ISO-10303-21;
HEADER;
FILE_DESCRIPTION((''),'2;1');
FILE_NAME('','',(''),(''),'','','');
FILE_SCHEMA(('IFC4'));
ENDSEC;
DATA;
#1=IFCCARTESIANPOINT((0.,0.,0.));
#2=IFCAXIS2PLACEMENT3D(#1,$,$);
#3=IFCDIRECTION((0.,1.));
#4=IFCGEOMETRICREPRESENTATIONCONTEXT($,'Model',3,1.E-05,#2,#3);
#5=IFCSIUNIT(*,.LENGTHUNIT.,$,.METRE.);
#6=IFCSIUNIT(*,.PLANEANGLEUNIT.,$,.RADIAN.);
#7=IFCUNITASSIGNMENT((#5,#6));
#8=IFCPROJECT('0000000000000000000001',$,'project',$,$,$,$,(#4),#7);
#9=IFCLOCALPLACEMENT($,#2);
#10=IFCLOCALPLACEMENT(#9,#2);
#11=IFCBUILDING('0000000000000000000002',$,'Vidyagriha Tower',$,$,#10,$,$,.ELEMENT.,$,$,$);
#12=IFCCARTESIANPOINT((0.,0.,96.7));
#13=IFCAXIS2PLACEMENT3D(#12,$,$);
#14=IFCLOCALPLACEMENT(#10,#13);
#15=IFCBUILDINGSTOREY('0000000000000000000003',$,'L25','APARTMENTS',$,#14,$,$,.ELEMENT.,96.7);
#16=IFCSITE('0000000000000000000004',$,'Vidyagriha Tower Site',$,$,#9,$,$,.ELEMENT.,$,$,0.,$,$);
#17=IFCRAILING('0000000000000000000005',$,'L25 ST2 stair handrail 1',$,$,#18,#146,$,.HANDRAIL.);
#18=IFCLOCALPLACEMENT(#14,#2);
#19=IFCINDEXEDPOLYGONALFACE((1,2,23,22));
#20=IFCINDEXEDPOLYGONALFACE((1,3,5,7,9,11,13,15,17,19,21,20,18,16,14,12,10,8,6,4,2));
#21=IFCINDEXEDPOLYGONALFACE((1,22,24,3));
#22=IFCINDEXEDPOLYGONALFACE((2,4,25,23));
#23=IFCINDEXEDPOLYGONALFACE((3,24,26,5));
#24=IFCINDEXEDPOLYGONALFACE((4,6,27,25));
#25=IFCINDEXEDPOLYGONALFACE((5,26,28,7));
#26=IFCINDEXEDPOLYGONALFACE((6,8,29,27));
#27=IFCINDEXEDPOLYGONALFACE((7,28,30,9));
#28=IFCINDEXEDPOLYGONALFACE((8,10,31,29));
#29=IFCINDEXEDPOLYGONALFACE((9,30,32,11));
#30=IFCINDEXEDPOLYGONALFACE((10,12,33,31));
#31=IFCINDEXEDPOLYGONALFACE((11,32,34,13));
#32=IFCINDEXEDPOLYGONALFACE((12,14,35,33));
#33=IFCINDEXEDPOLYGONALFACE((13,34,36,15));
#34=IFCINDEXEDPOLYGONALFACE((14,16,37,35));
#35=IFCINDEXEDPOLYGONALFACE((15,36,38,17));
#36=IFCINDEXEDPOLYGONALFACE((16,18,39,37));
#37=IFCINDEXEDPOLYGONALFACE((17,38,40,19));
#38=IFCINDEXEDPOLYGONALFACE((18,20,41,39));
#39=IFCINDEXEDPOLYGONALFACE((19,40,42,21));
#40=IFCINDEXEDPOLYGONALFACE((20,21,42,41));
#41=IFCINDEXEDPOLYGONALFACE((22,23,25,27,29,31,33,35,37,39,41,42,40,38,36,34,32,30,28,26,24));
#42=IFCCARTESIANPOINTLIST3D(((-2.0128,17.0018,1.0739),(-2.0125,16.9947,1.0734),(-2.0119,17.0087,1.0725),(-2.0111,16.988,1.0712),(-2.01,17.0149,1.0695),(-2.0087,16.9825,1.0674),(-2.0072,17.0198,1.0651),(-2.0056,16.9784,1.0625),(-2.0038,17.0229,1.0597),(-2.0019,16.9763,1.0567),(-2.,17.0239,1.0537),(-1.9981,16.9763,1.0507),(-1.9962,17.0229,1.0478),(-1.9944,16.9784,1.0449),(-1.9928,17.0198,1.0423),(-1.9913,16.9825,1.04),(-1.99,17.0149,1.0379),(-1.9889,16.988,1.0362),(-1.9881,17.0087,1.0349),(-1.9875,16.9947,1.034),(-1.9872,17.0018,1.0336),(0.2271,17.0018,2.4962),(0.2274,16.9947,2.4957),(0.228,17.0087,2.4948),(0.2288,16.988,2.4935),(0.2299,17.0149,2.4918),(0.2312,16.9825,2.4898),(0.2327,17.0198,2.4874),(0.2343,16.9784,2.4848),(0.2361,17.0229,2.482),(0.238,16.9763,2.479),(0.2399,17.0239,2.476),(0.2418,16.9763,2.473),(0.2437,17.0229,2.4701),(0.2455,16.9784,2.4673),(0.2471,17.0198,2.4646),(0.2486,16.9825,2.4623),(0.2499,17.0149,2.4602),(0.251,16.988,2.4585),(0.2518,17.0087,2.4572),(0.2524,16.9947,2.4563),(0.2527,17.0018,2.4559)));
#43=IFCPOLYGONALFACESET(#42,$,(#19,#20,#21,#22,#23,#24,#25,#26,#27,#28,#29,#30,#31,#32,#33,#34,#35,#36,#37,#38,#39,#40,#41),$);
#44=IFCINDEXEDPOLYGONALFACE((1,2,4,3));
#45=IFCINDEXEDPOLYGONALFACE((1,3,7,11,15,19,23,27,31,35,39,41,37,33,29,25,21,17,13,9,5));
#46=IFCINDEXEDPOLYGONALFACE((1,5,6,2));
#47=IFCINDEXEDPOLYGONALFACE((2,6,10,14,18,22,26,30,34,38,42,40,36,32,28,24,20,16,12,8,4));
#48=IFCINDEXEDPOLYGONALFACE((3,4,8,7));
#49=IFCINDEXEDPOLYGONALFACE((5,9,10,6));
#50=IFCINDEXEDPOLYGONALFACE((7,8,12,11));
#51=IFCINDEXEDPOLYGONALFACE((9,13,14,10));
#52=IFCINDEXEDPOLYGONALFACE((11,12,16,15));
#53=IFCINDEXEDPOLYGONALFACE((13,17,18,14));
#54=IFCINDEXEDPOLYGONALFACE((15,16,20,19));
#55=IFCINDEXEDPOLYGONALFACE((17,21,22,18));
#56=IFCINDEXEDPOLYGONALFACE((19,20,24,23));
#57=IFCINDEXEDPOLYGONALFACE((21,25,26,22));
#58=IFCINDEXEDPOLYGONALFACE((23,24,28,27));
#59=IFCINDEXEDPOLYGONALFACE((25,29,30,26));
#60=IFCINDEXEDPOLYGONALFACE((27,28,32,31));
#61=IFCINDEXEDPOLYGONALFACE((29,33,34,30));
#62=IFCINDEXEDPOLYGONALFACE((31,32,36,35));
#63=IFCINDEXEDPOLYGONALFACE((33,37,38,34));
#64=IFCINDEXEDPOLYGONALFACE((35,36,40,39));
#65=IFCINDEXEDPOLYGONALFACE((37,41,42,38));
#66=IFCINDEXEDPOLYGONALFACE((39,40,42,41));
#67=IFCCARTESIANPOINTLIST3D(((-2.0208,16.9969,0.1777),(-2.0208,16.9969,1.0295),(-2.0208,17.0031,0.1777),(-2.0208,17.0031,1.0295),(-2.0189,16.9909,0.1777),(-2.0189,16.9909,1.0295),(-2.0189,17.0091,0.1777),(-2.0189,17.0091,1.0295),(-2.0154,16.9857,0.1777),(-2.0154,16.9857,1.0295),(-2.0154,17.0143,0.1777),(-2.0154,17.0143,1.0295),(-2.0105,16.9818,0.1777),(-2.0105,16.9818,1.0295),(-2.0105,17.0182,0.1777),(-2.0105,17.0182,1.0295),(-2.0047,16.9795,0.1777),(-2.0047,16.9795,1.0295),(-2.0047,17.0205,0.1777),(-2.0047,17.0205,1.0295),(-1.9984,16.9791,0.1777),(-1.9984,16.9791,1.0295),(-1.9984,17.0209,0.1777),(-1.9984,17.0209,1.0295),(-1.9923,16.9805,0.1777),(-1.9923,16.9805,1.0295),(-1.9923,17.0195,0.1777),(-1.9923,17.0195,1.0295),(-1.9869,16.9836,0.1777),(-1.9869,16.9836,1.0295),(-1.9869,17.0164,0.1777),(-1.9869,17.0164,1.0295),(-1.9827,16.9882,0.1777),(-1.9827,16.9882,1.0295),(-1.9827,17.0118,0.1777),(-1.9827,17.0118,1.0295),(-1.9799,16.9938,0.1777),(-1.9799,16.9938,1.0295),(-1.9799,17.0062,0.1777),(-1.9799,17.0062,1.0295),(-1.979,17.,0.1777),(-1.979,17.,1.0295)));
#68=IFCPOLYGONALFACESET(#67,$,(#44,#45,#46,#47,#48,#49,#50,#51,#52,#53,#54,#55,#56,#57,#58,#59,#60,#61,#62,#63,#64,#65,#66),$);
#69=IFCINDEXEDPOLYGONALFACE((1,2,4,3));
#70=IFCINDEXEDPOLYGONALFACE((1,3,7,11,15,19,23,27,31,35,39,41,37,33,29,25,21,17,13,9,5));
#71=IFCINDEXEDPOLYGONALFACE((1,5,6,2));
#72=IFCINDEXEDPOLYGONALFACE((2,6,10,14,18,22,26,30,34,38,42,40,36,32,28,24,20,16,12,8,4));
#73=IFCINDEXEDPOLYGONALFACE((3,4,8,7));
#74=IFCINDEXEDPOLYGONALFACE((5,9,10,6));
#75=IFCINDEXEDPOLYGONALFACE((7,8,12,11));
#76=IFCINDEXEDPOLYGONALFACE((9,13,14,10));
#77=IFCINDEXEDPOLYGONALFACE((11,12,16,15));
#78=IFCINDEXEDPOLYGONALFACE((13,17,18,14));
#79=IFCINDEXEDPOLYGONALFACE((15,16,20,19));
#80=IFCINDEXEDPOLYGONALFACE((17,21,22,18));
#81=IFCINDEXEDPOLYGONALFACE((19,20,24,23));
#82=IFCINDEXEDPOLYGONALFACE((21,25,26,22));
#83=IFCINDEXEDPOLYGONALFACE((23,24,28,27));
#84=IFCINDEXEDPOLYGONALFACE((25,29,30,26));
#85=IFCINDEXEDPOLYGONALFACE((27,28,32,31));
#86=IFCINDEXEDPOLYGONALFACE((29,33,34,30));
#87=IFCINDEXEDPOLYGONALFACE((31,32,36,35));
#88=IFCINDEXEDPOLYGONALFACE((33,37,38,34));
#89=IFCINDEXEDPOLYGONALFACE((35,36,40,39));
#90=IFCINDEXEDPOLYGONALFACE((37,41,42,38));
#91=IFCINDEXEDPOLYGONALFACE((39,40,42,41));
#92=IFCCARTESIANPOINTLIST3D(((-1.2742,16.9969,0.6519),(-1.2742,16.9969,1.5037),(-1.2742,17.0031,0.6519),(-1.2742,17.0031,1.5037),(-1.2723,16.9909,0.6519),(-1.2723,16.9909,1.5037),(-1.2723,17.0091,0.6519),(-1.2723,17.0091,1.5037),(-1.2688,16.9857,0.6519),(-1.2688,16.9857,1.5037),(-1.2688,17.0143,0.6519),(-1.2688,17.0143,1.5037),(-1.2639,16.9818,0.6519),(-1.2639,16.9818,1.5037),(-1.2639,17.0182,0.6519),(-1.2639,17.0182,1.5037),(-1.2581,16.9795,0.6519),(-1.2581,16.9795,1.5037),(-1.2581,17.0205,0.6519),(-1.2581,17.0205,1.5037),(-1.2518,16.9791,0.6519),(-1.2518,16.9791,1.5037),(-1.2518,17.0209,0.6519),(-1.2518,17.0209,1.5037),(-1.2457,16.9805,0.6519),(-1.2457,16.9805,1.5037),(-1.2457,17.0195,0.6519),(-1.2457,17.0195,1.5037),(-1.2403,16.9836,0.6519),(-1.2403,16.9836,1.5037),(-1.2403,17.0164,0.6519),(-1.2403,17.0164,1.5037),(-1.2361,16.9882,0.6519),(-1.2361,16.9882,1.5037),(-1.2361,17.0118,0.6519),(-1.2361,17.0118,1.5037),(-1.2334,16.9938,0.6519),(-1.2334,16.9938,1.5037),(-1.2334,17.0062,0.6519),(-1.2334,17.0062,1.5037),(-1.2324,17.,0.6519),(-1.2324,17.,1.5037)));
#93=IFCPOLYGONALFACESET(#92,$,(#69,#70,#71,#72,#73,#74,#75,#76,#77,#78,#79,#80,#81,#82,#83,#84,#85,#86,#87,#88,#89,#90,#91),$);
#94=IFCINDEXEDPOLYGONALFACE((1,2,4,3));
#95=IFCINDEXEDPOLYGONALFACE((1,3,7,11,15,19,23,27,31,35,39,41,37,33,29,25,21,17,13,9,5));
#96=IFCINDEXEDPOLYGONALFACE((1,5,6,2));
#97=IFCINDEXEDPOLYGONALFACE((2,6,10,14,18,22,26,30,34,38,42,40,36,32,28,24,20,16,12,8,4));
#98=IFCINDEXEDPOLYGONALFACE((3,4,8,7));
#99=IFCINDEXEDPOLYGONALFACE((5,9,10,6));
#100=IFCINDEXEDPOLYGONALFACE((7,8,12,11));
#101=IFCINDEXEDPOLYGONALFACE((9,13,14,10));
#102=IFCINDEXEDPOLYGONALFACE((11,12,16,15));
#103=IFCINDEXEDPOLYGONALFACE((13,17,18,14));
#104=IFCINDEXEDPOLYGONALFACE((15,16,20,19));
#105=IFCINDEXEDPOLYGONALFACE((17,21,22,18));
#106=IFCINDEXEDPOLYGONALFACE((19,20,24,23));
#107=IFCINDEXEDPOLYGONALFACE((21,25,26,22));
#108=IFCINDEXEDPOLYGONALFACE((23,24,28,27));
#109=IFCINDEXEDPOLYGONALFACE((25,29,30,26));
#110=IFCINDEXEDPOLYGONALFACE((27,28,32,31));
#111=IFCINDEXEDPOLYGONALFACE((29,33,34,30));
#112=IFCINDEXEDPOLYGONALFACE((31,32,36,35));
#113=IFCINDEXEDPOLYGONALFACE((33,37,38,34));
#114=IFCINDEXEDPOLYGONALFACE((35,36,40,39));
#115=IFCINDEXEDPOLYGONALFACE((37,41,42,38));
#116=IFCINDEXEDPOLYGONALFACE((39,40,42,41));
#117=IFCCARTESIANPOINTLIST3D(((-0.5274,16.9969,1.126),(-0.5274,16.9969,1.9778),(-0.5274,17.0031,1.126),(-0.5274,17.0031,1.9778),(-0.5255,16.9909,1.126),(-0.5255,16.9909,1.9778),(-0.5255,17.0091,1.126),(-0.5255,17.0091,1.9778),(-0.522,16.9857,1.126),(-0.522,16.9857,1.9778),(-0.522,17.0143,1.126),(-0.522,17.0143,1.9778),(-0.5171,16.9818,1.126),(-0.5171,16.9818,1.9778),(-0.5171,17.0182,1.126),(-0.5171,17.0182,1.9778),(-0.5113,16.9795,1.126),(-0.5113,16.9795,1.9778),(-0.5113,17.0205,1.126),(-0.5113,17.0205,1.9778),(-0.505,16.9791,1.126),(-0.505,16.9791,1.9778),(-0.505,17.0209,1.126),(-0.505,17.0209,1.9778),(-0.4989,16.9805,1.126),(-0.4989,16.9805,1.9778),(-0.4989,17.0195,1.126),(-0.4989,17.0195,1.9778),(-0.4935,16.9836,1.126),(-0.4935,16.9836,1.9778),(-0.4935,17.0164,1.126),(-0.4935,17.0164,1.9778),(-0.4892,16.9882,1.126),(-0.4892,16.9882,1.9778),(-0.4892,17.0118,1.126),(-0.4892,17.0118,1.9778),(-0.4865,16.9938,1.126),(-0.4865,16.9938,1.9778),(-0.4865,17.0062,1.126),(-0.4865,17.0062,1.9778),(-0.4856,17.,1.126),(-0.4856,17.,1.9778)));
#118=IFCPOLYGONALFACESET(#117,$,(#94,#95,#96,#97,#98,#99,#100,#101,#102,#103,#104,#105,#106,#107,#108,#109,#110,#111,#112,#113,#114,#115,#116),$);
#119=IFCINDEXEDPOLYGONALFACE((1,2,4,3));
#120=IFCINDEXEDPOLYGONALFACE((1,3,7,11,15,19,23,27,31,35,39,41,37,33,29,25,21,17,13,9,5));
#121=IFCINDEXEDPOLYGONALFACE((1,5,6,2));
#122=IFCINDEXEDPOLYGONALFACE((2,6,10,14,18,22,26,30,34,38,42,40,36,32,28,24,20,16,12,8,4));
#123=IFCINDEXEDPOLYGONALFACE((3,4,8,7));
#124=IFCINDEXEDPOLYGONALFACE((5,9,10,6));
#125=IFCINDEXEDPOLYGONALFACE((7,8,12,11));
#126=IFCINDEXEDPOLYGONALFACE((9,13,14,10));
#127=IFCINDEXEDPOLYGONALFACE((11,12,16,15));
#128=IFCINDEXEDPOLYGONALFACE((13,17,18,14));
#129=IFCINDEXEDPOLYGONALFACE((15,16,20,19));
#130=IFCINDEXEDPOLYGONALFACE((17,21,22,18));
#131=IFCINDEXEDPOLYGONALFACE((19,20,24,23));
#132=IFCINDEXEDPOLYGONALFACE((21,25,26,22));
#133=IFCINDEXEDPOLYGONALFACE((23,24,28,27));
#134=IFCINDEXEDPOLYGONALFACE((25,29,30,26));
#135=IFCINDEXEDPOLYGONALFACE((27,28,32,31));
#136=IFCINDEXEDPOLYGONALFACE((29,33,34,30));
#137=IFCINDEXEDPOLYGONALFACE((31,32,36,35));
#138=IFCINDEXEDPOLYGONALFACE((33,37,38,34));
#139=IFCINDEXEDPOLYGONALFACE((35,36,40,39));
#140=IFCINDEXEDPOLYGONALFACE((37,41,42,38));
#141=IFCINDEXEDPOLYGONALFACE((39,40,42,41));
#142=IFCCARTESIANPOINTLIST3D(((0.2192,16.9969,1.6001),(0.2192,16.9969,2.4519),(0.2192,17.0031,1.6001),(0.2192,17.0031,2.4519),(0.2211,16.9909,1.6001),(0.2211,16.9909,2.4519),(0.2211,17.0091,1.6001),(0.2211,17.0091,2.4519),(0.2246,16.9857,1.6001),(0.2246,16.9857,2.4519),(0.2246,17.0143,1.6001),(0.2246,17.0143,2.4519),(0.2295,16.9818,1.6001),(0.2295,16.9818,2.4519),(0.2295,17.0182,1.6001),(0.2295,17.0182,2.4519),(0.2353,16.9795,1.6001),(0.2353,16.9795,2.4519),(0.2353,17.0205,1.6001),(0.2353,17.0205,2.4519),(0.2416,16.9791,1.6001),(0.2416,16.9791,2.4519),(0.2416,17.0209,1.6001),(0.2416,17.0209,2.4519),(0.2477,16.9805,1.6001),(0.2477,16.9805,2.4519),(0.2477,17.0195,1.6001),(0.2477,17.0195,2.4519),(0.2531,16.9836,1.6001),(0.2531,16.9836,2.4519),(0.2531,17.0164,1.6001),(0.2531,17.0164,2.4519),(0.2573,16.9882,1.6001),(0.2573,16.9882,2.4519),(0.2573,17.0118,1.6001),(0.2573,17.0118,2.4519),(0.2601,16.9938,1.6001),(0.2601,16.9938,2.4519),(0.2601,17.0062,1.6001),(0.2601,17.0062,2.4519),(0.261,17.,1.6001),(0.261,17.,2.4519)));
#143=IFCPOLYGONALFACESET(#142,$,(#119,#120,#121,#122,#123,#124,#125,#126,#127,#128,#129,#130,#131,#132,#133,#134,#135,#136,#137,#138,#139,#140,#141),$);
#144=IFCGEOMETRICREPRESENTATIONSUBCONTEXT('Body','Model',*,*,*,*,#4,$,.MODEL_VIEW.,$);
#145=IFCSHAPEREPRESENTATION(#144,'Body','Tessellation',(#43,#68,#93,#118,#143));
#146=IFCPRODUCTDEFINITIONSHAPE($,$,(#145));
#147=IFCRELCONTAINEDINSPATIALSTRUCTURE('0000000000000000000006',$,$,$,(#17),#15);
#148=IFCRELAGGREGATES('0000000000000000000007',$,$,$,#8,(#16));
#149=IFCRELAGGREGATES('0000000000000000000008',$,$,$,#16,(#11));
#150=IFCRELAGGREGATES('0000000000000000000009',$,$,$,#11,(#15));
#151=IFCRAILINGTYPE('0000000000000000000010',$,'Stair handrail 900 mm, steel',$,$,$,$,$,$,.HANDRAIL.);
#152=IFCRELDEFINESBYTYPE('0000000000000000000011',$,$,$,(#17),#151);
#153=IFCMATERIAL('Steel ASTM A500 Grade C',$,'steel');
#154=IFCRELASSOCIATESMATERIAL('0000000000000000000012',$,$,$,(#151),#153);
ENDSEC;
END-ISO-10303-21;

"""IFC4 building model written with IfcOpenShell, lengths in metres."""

from ifc_helpers import new_model, si_unit, direction, frame, origin, origin_2d, place, context, subcontext, project, spatial, circle, extrude, material, type_object, element, save


model = new_model("IFC4")

# Units and contexts
model_context = context("Model", 3, precision=1e-05, world=origin(), true_north=direction((0.0, 1.0)))
body_context = subcontext(model_context, "Body", "Model", "MODEL_VIEW")
ifc_project = project(units=[si_unit("LENGTHUNIT", "METRE"), si_unit("PLANEANGLEUNIT", "RADIAN")], contexts=[model_context])

# Site, building, storey
site_placement = place(None, origin())
site = spatial("IfcSite", under=ifc_project, at=site_placement, Name="Vidyagriha Tower Site", CompositionType="ELEMENT", RefElevation=0.0)
building_placement = place(site_placement, origin())
building = spatial("IfcBuilding", under=site, at=building_placement, Name="Vidyagriha Tower", CompositionType="ELEMENT")
storey_placement = place(building_placement, frame((0.0, 0.0, 96.7)))
storey = spatial("IfcBuildingStorey", under=building, at=storey_placement, Name="L25", Description="APARTMENTS", CompositionType="ELEMENT", Elevation=96.7)

# Railing
ifc_material_1 = material(Name="Steel ASTM A500 Grade C", Category="steel")
railing_type_1 = type_object("IfcRailingType", Name="Stair handrail 900 mm, steel", PredefinedType="HANDRAIL", material=ifc_material_1)
railing_1_placement = place(storey_placement, frame((-2.0, 17.0, 0.1777)))
element("IfcRailing", 1, at=railing_1_placement, inside=storey, type_object=railing_type_1, Name="L25 ST2 stair handrail 1", PredefinedType="HANDRAIL", context=body_context, shape_type="SweptSolid", body=[
    extrude(circle(Radius=0.0239, at=origin_2d()), frame((0.0, 0.0, 0.876), z_axis=(0.844188, 0.0, 0.536048), x_axis=(0.0, 1.0, 0.0)), (0.0, 0.0, 1.0), 2.6533),
    extrude(circle(Radius=0.021, at=origin_2d()), origin(), (0.0, 0.0, 1.0), 0.8518),
    extrude(circle(Radius=0.021, at=origin_2d()), frame((0.7466, 0.0, 0.4741)), (0.0, 0.0, 1.0), 0.8518),
    extrude(circle(Radius=0.021, at=origin_2d()), frame((1.4934, 0.0, 0.9482)), (0.0, 0.0, 1.0), 0.8518),
    extrude(circle(Radius=0.021, at=origin_2d()), frame((2.24, 0.0, 1.4224)), (0.0, 0.0, 1.0), 0.8518),
])

save(model, "model.ifc")
